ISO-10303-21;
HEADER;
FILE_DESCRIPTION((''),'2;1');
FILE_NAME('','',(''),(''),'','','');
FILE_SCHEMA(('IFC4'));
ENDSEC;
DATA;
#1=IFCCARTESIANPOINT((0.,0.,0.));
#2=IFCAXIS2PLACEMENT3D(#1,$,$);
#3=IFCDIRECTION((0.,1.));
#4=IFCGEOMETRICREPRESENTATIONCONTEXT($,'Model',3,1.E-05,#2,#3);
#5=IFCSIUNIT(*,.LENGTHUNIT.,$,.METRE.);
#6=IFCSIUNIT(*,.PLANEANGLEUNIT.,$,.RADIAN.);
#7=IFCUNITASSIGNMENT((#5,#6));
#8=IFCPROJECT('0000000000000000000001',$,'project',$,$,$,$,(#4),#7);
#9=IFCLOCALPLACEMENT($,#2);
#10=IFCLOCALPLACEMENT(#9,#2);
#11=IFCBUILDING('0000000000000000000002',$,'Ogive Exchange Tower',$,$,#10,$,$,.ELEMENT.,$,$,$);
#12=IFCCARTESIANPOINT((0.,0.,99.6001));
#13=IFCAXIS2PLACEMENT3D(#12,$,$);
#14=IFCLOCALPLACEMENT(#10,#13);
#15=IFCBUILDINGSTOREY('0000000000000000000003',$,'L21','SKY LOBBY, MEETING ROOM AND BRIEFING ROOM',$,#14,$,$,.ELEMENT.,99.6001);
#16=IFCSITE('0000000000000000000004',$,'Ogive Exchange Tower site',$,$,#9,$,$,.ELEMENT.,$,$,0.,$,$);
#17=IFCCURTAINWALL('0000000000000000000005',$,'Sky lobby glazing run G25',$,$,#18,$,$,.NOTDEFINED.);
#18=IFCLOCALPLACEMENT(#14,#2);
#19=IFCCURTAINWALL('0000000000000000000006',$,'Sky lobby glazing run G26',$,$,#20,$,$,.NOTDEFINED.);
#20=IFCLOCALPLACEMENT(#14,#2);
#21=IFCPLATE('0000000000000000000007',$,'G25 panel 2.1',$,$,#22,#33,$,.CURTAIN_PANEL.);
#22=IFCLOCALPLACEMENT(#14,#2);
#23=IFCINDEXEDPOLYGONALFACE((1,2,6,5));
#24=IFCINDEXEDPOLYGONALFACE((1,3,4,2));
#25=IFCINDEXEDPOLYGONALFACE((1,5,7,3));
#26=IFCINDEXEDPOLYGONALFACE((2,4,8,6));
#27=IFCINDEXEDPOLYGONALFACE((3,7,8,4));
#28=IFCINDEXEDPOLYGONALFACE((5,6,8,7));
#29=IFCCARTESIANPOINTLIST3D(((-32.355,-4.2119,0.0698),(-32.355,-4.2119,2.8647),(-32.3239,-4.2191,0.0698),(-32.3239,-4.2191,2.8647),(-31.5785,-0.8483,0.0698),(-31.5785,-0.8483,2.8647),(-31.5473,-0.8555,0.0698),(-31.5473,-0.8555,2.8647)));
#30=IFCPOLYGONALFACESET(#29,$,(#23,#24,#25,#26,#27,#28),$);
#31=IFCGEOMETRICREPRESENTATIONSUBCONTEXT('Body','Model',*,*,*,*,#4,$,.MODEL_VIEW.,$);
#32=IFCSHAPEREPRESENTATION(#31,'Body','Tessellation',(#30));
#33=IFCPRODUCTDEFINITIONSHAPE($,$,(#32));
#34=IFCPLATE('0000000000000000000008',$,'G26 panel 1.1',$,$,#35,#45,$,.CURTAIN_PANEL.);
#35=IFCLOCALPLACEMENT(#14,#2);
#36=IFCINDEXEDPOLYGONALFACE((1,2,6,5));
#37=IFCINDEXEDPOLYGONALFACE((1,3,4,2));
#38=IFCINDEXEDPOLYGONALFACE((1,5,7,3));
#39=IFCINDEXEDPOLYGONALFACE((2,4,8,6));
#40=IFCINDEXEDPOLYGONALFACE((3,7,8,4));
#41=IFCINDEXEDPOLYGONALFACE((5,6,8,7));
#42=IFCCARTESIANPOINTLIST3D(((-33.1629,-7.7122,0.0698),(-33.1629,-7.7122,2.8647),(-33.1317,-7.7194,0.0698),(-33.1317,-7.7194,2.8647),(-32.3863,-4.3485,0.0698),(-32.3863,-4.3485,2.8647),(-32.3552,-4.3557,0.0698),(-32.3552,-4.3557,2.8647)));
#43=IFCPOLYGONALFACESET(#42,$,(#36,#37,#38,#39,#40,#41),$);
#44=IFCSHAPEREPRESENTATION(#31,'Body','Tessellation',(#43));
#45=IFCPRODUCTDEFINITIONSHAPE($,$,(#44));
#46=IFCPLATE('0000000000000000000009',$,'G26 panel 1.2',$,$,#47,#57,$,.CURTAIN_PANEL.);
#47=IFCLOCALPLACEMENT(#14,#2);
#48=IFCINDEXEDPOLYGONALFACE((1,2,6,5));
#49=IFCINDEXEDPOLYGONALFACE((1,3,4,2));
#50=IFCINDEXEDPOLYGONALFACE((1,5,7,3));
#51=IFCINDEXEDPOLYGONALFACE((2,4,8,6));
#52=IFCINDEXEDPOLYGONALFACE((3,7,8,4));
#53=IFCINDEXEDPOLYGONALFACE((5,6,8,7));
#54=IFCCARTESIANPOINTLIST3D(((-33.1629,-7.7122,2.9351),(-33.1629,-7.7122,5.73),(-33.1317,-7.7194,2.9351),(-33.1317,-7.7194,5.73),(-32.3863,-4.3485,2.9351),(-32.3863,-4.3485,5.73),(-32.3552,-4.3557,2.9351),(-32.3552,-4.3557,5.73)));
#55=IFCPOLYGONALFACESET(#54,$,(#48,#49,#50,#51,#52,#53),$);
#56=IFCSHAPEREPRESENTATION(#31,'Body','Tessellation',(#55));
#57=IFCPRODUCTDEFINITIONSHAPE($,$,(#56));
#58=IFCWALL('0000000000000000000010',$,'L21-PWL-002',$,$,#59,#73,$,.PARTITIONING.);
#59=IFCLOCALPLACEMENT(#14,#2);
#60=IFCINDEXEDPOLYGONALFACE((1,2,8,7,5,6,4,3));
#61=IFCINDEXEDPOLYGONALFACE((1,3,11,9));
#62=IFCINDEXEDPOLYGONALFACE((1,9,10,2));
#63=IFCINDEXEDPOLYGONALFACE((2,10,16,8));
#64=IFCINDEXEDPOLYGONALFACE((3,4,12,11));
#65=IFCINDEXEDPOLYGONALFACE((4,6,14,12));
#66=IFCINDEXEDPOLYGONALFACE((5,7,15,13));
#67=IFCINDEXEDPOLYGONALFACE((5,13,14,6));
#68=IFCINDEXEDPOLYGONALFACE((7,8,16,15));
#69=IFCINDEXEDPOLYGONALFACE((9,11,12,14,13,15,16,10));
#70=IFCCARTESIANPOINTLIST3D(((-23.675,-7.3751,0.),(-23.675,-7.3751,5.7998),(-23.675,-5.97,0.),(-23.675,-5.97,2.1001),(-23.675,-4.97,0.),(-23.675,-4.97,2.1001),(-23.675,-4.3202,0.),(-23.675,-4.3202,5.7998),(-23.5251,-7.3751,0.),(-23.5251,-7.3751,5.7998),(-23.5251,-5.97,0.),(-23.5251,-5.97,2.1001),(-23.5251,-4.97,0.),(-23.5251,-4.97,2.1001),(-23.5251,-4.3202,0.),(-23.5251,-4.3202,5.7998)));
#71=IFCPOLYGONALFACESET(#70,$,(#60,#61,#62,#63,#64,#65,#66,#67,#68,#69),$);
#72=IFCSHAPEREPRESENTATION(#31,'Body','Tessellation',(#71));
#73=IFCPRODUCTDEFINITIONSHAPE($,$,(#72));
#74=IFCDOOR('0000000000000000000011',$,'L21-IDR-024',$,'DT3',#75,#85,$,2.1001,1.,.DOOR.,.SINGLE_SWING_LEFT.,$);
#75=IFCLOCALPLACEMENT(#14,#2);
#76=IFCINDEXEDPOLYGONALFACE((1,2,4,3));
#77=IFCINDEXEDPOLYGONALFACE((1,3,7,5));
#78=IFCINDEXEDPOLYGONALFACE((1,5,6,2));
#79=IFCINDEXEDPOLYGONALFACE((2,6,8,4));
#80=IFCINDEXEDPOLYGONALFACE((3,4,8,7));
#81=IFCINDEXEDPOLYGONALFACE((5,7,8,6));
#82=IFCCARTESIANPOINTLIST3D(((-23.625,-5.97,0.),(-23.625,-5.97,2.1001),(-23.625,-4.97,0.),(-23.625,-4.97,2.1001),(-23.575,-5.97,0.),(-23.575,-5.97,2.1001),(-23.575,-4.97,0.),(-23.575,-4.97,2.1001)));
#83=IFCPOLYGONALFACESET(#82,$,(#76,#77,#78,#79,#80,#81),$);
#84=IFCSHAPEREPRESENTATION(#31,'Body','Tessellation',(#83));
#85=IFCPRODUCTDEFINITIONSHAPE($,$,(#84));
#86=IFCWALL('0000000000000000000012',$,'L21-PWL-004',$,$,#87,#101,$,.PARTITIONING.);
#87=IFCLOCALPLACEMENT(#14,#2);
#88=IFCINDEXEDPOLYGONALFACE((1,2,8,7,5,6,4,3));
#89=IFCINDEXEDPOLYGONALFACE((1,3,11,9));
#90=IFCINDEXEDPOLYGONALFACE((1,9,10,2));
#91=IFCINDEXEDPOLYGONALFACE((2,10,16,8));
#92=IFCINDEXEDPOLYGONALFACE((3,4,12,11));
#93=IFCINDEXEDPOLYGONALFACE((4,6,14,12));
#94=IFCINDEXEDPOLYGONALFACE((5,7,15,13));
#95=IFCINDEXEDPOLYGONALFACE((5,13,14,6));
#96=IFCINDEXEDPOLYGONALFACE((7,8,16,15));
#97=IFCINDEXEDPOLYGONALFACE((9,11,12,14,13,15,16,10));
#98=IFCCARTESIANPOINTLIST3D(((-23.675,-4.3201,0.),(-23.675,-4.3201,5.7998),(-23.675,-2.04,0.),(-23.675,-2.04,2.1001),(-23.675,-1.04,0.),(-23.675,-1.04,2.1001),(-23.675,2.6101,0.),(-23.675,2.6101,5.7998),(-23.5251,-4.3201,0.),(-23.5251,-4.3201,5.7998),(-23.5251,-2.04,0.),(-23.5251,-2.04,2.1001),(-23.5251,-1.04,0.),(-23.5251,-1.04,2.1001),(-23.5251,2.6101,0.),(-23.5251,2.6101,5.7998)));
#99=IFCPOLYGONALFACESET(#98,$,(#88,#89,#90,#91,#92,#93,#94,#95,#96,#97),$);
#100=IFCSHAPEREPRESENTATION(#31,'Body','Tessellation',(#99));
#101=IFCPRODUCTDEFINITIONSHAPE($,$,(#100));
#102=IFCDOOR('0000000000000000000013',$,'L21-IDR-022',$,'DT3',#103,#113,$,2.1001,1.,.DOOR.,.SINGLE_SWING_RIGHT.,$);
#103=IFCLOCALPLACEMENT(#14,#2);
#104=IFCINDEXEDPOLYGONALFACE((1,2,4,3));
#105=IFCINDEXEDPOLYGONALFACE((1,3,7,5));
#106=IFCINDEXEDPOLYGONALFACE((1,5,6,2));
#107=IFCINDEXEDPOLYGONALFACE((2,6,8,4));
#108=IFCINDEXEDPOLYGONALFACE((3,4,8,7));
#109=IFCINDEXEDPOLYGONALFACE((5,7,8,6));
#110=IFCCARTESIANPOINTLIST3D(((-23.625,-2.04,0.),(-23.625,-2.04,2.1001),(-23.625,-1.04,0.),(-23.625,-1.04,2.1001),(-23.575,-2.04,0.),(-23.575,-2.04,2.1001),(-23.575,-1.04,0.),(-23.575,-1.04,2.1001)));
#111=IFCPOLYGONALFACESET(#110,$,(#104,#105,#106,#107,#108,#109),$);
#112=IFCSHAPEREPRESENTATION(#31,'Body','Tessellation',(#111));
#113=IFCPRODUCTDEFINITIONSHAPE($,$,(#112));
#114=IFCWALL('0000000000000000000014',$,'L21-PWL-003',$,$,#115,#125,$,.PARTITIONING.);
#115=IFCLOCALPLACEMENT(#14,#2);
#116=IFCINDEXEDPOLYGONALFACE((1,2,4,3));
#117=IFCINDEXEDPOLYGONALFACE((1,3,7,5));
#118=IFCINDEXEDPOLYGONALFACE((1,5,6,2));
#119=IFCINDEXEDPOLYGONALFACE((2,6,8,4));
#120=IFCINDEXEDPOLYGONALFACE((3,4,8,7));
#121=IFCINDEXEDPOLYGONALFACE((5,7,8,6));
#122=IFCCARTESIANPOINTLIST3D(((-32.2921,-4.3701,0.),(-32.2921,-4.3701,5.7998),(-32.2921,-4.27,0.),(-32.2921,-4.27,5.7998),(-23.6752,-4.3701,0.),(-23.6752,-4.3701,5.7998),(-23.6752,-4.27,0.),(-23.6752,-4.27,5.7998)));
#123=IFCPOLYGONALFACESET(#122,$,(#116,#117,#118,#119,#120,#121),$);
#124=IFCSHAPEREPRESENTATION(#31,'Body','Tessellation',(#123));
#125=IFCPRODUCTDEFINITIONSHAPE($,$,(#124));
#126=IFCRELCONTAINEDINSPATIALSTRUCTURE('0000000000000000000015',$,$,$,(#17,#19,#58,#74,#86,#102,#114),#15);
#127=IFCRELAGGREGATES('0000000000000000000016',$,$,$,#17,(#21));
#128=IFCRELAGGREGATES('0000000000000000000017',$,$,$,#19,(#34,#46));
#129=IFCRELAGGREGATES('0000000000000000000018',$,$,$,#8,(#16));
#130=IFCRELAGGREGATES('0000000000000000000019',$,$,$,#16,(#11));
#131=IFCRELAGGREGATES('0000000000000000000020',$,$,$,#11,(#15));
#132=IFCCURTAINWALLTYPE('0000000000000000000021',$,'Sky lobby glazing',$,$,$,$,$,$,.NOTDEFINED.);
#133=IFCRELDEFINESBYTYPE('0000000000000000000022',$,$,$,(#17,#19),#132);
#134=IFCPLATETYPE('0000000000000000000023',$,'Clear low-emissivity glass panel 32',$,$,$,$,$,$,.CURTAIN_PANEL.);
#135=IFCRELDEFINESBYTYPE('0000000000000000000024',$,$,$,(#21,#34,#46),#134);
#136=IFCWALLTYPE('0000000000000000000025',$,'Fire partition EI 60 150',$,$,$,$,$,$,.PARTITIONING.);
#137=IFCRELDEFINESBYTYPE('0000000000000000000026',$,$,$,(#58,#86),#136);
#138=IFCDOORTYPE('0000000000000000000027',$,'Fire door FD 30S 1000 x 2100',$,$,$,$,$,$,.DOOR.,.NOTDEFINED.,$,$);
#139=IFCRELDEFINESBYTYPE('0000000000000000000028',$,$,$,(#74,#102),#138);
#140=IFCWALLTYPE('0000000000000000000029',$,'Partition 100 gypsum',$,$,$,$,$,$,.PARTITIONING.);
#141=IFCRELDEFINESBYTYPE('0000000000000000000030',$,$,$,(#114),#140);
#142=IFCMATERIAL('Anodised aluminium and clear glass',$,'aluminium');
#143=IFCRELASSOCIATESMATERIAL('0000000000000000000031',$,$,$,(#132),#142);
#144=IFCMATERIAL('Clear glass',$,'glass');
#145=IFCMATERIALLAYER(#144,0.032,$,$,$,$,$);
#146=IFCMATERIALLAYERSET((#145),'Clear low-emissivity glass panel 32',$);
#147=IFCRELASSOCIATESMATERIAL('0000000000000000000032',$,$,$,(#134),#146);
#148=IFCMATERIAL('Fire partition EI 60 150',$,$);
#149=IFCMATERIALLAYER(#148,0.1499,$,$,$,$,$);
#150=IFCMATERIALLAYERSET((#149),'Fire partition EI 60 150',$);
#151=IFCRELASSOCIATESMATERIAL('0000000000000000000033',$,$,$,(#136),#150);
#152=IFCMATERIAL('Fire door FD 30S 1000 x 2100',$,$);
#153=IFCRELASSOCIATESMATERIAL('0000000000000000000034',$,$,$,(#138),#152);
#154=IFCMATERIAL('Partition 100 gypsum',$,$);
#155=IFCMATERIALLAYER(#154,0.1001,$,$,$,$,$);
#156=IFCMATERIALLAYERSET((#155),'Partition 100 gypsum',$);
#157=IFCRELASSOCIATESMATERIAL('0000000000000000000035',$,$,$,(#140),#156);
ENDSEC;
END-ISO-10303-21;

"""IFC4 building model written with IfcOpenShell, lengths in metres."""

from ifc_helpers import new_model, si_unit, direction, frame, frame_2d, origin, origin_2d, place, context, subcontext, project, spatial, rectangle, extrude, material, layer, layer_set, type_object, element, fill, aggregate, save


model = new_model("IFC4")

# Units and contexts
model_context = context("Model", 3, precision=1e-05, world=origin(), true_north=direction((0.0, 1.0)))
body_context = subcontext(model_context, "Body", "Model", "MODEL_VIEW")
ifc_project = project(units=[si_unit("LENGTHUNIT", "METRE"), si_unit("PLANEANGLEUNIT", "RADIAN")], contexts=[model_context])

# Site, building, storey
site_placement = place(None, origin())
site = spatial("IfcSite", under=ifc_project, at=site_placement, Name="Ogive Exchange Tower site", CompositionType="ELEMENT", RefElevation=0.0)
building_placement = place(site_placement, origin())
building = spatial("IfcBuilding", under=site, at=building_placement, Name="Ogive Exchange Tower", CompositionType="ELEMENT")
storey_placement = place(building_placement, frame((0.0, 0.0, 99.6001)))
storey = spatial("IfcBuildingStorey", under=building, at=storey_placement, Name="L21", Description="SKY LOBBY, MEETING ROOM AND BRIEFING ROOM", CompositionType="ELEMENT", Elevation=99.6001)

# Curtain wall
ifc_material_1 = material(Name="Anodised aluminium and clear glass", Category="aluminium")
curtain_wall_type = type_object("IfcCurtainWallType", Name="Sky lobby glazing", PredefinedType="NOTDEFINED", material=ifc_material_1)
curtain_wall_1_placement = place(storey_placement, origin())
curtain_wall_1 = element("IfcCurtainWall", 1, at=curtain_wall_1_placement, inside=storey, type_object=curtain_wall_type, Name="Sky lobby glazing run G25", PredefinedType="NOTDEFINED")

# Curtain wall
curtain_wall_2_placement = place(storey_placement, origin())
curtain_wall_2 = element("IfcCurtainWall", 2, at=curtain_wall_2_placement, inside=storey, type_object=curtain_wall_type, Name="Sky lobby glazing run G26", PredefinedType="NOTDEFINED")

# Plates
ifc_material_2 = material(Name="Clear glass", Category="glass")
ifc_layer_1 = layer(ifc_material_2, 0.032)
ifc_layer_set_1 = layer_set([ifc_layer_1], Name="Clear low-emissivity glass panel 32")
plate_type = type_object("IfcPlateType", Name="Clear low-emissivity glass panel 32", PredefinedType="CURTAIN_PANEL", material=ifc_layer_set_1)
plate_1_placement = place(storey_placement, frame((-31.9512, -2.5337, 0.0698), z_axis=(0.0, 0.0, 1.0), x_axis=(-0.224954, -0.974369, 0.0)))
plate_1 = element("IfcPlate", 3, at=plate_1_placement, type_object=plate_type, Name="G25 panel 2.1", PredefinedType="CURTAIN_PANEL", context=body_context, shape_type="SweptSolid", body=[
    extrude(rectangle(XDim=3.4521, YDim=0.032, at=origin_2d()), origin(), (0.0, 0.0, 1.0), 2.7949),
])
aggregate(curtain_wall_1, [plate_1])
plate_2_placement = place(storey_placement, frame((-32.759, -6.0339, 0.0698), z_axis=(0.0, 0.0, 1.0), x_axis=(-0.224957, -0.974369, 0.0)))
plate_2 = element("IfcPlate", 4, at=plate_2_placement, type_object=plate_type, Name="G26 panel 1.1", PredefinedType="CURTAIN_PANEL", context=body_context, shape_type="SweptSolid", body=[
    extrude(rectangle(XDim=3.4521, YDim=0.032, at=origin_2d()), origin(), (0.0, 0.0, 1.0), 2.7949),
])
plate_3_placement = place(storey_placement, frame((-32.759, -6.0339, 2.9351), z_axis=(0.0, 0.0, 1.0), x_axis=(-0.224957, -0.974369, 0.0)))
plate_3 = element("IfcPlate", 5, at=plate_3_placement, type_object=plate_type, Name="G26 panel 1.2", PredefinedType="CURTAIN_PANEL", context=body_context, shape_type="SweptSolid", body=[
    extrude(rectangle(XDim=3.4521, YDim=0.032, at=origin_2d()), origin(), (0.0, 0.0, 1.0), 2.7949),
])
aggregate(curtain_wall_2, [plate_2, plate_3])

# Walls, openings, doors
ifc_material_3 = material(Name="Fire partition EI 60 150")
ifc_layer_2 = layer(ifc_material_3, 0.1499)
ifc_layer_set_2 = layer_set([ifc_layer_2], Name="Fire partition EI 60 150")
wall_type_1 = type_object("IfcWallType", Name="Fire partition EI 60 150", PredefinedType="PARTITIONING", material=ifc_layer_set_2)
wall_1_placement = place(storey_placement, frame((-23.6001, -7.375, 0.0), z_axis=(0.0, 0.0, 1.0), x_axis=(0.0, 1.0, 0.0)))
wall_1 = element("IfcWall", 6, at=wall_1_placement, inside=storey, type_object=wall_type_1, Name="L21-PWL-002", PredefinedType="PARTITIONING", context=body_context, shape_type="SweptSolid", body=[
    extrude(rectangle(XDim=3.0549, YDim=0.1499, at=frame_2d((1.5273, 0.0))), origin(), (0.0, 0.0, 1.0), 5.7998),
])
opening_1_placement = place(wall_1_placement, frame((1.405, 0.0, 0.0)))
opening_1 = element("IfcOpeningElement", 7, at=opening_1_placement, cuts=wall_1, PredefinedType="OPENING", context=body_context, shape_type="SweptSolid", body=[
    extrude(rectangle(XDim=1.0, YDim=2.1001, at=frame_2d((0.5, 1.05))), frame((0.0, 0.085, 0.0), z_axis=(0.0, -1.0, 0.0), x_axis=(1.0, 0.0, 0.0)), (0.0, 0.0, 1.0), 0.1699),
])
ifc_material_4 = material(Name="Fire door FD 30S 1000 x 2100")
door_type = type_object("IfcDoorType", Name="Fire door FD 30S 1000 x 2100", OperationType="NOTDEFINED", PredefinedType="DOOR", material=ifc_material_4)
door_1_placement = place(opening_1_placement, origin())
door_1 = element("IfcDoor", 8, at=door_1_placement, inside=storey, type_object=door_type, Name="L21-IDR-024", ObjectType="DT3", OperationType="SINGLE_SWING_LEFT", OverallHeight=2.1001, OverallWidth=1.0, PredefinedType="DOOR", context=body_context, shape_type="SweptSolid", body=[
    extrude(rectangle(XDim=1.0, YDim=2.1001, at=frame_2d((0.5, 1.05))), frame((0.0, 0.0249, 0.0), z_axis=(0.0, -1.0, 0.0), x_axis=(1.0, 0.0, 0.0)), (0.0, 0.0, 1.0), 0.05),
])
fill(opening_1, door_1)
wall_2_placement = place(storey_placement, frame((-23.6001, -4.3201, 0.0), z_axis=(0.0, 0.0, 1.0), x_axis=(0.0, 1.0, 0.0)))
wall_2 = element("IfcWall", 9, at=wall_2_placement, inside=storey, type_object=wall_type_1, Name="L21-PWL-004", PredefinedType="PARTITIONING", context=body_context, shape_type="SweptSolid", body=[
    extrude(rectangle(XDim=6.9302, YDim=0.1499, at=frame_2d((3.4651, 0.0))), origin(), (0.0, 0.0, 1.0), 5.7998),
])
opening_2_placement = place(wall_2_placement, frame((2.28, 0.0, 0.0)))
opening_2 = element("IfcOpeningElement", 10, at=opening_2_placement, cuts=wall_2, PredefinedType="OPENING", context=body_context, shape_type="SweptSolid", body=[
    extrude(rectangle(XDim=1.0, YDim=2.1001, at=frame_2d((0.5, 1.05))), frame((0.0, 0.085, 0.0), z_axis=(0.0, -1.0, 0.0), x_axis=(1.0, 0.0, 0.0)), (0.0, 0.0, 1.0), 0.1699),
])
door_2_placement = place(opening_2_placement, origin())
door_2 = element("IfcDoor", 11, at=door_2_placement, inside=storey, type_object=door_type, Name="L21-IDR-022", ObjectType="DT3", OperationType="SINGLE_SWING_RIGHT", OverallHeight=2.1001, OverallWidth=1.0, PredefinedType="DOOR", context=body_context, shape_type="SweptSolid", body=[
    extrude(rectangle(XDim=1.0, YDim=2.1001, at=frame_2d((0.5, 1.05))), frame((0.0, 0.0249, 0.0), z_axis=(0.0, -1.0, 0.0), x_axis=(1.0, 0.0, 0.0)), (0.0, 0.0, 1.0), 0.05),
])
fill(opening_2, door_2)

# Wall
ifc_material_5 = material(Name="Partition 100 gypsum")
ifc_layer_3 = layer(ifc_material_5, 0.1001)
ifc_layer_set_3 = layer_set([ifc_layer_3], Name="Partition 100 gypsum")
wall_type_2 = type_object("IfcWallType", Name="Partition 100 gypsum", PredefinedType="PARTITIONING", material=ifc_layer_set_3)
wall_3_placement = place(storey_placement, frame((-23.675, -4.3201, 0.0), z_axis=(0.0, 0.0, 1.0), x_axis=(-1.0, 0.0, 0.0)))
element("IfcWall", 12, at=wall_3_placement, inside=storey, type_object=wall_type_2, Name="L21-PWL-003", PredefinedType="PARTITIONING", context=body_context, shape_type="SweptSolid", body=[
    extrude(rectangle(XDim=8.6169, YDim=0.1001, at=frame_2d((4.3086, 0.0))), origin(), (0.0, 0.0, 1.0), 5.7998),
])

save(model, "model.ifc")
